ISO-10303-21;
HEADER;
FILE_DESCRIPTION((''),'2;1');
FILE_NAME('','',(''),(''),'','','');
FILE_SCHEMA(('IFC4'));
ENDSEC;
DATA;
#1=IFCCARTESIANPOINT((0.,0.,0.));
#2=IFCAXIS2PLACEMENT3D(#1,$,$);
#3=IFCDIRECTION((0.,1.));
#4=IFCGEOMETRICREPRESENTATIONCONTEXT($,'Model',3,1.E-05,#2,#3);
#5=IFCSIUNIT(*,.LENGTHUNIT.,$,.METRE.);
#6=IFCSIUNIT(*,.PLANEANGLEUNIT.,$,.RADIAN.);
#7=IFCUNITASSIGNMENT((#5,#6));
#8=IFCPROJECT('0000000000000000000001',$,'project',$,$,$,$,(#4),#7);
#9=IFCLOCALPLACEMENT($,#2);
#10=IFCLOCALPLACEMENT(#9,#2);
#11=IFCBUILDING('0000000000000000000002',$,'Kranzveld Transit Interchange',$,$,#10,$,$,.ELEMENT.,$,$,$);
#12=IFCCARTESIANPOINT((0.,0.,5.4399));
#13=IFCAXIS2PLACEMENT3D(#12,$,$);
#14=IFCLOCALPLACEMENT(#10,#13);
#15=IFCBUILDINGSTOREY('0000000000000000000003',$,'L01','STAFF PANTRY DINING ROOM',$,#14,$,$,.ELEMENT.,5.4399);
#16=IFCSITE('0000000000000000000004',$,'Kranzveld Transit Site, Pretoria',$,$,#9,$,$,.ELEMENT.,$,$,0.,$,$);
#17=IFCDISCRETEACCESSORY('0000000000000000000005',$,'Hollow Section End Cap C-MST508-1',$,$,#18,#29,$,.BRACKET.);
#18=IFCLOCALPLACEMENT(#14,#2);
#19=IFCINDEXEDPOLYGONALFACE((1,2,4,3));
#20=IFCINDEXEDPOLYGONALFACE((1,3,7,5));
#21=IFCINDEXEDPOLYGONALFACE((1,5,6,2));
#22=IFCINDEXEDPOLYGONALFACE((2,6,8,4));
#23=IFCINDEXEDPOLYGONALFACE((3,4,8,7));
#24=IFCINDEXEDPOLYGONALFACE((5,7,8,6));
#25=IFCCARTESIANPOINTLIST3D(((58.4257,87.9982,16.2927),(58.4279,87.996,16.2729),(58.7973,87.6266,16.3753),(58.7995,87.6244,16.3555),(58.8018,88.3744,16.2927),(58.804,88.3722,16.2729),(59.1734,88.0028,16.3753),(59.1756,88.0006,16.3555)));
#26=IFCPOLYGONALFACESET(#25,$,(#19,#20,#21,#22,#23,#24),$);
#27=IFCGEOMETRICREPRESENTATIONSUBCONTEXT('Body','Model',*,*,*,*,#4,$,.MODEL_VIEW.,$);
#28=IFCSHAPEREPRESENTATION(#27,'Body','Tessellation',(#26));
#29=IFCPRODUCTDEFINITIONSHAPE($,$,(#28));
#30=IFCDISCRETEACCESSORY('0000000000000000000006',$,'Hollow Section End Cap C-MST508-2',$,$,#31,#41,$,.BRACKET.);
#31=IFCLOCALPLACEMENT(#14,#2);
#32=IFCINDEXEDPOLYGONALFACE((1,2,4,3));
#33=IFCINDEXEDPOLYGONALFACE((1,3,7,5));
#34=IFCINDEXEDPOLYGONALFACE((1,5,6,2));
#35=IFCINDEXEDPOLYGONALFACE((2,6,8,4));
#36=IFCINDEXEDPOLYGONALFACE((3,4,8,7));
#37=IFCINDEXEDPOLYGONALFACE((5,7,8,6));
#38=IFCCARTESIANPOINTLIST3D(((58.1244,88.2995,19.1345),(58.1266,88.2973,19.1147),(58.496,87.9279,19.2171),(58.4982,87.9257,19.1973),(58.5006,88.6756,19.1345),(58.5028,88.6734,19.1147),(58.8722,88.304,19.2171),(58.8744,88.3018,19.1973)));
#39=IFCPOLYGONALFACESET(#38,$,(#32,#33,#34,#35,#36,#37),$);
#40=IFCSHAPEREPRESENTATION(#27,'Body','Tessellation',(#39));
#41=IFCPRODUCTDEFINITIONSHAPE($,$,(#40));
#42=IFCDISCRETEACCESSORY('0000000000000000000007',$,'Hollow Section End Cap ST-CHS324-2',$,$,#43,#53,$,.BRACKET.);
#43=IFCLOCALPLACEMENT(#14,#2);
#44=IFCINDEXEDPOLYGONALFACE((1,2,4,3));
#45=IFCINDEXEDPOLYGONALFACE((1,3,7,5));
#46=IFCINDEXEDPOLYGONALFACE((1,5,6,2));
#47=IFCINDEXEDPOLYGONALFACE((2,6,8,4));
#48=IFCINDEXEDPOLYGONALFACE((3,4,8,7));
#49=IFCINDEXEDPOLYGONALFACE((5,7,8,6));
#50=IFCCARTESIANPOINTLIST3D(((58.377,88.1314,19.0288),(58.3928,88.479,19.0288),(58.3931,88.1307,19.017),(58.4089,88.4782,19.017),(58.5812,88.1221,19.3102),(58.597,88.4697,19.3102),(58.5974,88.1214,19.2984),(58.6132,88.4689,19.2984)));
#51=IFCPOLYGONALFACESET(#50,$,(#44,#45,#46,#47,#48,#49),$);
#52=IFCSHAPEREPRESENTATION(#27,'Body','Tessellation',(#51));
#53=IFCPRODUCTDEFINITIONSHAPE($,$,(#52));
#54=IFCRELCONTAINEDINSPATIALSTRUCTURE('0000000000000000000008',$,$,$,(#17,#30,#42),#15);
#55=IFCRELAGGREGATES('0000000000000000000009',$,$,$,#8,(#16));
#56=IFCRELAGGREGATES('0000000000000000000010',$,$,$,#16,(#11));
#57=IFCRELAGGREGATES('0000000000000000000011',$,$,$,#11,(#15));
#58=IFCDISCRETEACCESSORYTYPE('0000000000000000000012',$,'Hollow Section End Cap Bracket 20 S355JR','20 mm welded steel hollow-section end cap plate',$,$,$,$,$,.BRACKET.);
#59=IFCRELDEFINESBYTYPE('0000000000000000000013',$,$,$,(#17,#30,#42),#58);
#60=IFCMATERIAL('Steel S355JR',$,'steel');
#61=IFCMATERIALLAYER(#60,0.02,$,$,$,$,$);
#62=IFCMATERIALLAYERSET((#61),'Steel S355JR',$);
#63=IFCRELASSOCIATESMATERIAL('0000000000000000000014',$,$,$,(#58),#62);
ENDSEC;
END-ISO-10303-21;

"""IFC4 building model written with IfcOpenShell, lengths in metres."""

from ifc_helpers import new_model, si_unit, direction, frame, origin, origin_2d, place, context, subcontext, project, spatial, rectangle, extrude, material, layer, layer_set, type_object, element, save


model = new_model("IFC4")

# Units and contexts
model_context = context("Model", 3, precision=1e-05, world=origin(), true_north=direction((0.0, 1.0)))
body_context = subcontext(model_context, "Body", "Model", "MODEL_VIEW")
ifc_project = project(units=[si_unit("LENGTHUNIT", "METRE"), si_unit("PLANEANGLEUNIT", "RADIAN")], contexts=[model_context])

# Site, building, storey
site_placement = place(None, origin())
site = spatial("IfcSite", under=ifc_project, at=site_placement, Name="Kranzveld Transit Site, Pretoria", CompositionType="ELEMENT", RefElevation=0.0)
building_placement = place(site_placement, origin())
building = spatial("IfcBuilding", under=site, at=building_placement, Name="Kranzveld Transit Interchange", CompositionType="ELEMENT")
storey_placement = place(building_placement, frame((0.0, 0.0, 5.4399)))
storey = spatial("IfcBuildingStorey", under=building, at=storey_placement, Name="L01", Description="STAFF PANTRY DINING ROOM", CompositionType="ELEMENT", Elevation=5.4399)

# Discrete accessories
ifc_material_1 = material(Name="Steel S355JR", Category="steel")
ifc_layer_1 = layer(ifc_material_1, 0.02)
ifc_layer_set_1 = layer_set([ifc_layer_1], Name="Steel S355JR")
discrete_accessory_type = type_object("IfcDiscreteAccessoryType", Name="Hollow Section End Cap Bracket 20 S355JR", Description="20 mm welded steel hollow-section end cap plate", PredefinedType="BRACKET", material=ifc_layer_set_1)
for number, where, z_axis, x_axis, name in (
    (1, (58.7996, 88.0005, 16.334), (0.109764, -0.109764, -0.987878), (0.707107, 0.707107, 0.0), "Hollow Section End Cap C-MST508-1"),
    (2, (58.5005, 88.2996, 19.156), (-0.109764, 0.109764, 0.987878), (-0.707107, -0.707107, 0.0), "Hollow Section End Cap C-MST508-2"),
):
    element("IfcDiscreteAccessory", number, at=place(storey_placement, frame(where, z_axis=z_axis, x_axis=x_axis)), inside=storey, type_object=discrete_accessory_type, Name=name, PredefinedType="BRACKET", context=body_context, shape_type="SweptSolid", body=[
        extrude(rectangle(XDim=0.532, YDim=0.532, at=origin_2d()), origin(), (0.0, 0.0, 1.0), 0.02),
    ])
discrete_accessory_1_placement = place(storey_placement, frame((58.5032, 88.2998, 19.1577), z_axis=(-0.80819, 0.036736, 0.587775), x_axis=(-0.045408, -0.998969, 0.0)))
element("IfcDiscreteAccessory", 3, at=discrete_accessory_1_placement, inside=storey, type_object=discrete_accessory_type, Name="Hollow Section End Cap ST-CHS324-2", PredefinedType="BRACKET", context=body_context, shape_type="SweptSolid", body=[
    extrude(rectangle(XDim=0.3479, YDim=0.3479, at=origin_2d()), origin(), (0.0, 0.0, 1.0), 0.02),
])

save(model, "model.ifc")
